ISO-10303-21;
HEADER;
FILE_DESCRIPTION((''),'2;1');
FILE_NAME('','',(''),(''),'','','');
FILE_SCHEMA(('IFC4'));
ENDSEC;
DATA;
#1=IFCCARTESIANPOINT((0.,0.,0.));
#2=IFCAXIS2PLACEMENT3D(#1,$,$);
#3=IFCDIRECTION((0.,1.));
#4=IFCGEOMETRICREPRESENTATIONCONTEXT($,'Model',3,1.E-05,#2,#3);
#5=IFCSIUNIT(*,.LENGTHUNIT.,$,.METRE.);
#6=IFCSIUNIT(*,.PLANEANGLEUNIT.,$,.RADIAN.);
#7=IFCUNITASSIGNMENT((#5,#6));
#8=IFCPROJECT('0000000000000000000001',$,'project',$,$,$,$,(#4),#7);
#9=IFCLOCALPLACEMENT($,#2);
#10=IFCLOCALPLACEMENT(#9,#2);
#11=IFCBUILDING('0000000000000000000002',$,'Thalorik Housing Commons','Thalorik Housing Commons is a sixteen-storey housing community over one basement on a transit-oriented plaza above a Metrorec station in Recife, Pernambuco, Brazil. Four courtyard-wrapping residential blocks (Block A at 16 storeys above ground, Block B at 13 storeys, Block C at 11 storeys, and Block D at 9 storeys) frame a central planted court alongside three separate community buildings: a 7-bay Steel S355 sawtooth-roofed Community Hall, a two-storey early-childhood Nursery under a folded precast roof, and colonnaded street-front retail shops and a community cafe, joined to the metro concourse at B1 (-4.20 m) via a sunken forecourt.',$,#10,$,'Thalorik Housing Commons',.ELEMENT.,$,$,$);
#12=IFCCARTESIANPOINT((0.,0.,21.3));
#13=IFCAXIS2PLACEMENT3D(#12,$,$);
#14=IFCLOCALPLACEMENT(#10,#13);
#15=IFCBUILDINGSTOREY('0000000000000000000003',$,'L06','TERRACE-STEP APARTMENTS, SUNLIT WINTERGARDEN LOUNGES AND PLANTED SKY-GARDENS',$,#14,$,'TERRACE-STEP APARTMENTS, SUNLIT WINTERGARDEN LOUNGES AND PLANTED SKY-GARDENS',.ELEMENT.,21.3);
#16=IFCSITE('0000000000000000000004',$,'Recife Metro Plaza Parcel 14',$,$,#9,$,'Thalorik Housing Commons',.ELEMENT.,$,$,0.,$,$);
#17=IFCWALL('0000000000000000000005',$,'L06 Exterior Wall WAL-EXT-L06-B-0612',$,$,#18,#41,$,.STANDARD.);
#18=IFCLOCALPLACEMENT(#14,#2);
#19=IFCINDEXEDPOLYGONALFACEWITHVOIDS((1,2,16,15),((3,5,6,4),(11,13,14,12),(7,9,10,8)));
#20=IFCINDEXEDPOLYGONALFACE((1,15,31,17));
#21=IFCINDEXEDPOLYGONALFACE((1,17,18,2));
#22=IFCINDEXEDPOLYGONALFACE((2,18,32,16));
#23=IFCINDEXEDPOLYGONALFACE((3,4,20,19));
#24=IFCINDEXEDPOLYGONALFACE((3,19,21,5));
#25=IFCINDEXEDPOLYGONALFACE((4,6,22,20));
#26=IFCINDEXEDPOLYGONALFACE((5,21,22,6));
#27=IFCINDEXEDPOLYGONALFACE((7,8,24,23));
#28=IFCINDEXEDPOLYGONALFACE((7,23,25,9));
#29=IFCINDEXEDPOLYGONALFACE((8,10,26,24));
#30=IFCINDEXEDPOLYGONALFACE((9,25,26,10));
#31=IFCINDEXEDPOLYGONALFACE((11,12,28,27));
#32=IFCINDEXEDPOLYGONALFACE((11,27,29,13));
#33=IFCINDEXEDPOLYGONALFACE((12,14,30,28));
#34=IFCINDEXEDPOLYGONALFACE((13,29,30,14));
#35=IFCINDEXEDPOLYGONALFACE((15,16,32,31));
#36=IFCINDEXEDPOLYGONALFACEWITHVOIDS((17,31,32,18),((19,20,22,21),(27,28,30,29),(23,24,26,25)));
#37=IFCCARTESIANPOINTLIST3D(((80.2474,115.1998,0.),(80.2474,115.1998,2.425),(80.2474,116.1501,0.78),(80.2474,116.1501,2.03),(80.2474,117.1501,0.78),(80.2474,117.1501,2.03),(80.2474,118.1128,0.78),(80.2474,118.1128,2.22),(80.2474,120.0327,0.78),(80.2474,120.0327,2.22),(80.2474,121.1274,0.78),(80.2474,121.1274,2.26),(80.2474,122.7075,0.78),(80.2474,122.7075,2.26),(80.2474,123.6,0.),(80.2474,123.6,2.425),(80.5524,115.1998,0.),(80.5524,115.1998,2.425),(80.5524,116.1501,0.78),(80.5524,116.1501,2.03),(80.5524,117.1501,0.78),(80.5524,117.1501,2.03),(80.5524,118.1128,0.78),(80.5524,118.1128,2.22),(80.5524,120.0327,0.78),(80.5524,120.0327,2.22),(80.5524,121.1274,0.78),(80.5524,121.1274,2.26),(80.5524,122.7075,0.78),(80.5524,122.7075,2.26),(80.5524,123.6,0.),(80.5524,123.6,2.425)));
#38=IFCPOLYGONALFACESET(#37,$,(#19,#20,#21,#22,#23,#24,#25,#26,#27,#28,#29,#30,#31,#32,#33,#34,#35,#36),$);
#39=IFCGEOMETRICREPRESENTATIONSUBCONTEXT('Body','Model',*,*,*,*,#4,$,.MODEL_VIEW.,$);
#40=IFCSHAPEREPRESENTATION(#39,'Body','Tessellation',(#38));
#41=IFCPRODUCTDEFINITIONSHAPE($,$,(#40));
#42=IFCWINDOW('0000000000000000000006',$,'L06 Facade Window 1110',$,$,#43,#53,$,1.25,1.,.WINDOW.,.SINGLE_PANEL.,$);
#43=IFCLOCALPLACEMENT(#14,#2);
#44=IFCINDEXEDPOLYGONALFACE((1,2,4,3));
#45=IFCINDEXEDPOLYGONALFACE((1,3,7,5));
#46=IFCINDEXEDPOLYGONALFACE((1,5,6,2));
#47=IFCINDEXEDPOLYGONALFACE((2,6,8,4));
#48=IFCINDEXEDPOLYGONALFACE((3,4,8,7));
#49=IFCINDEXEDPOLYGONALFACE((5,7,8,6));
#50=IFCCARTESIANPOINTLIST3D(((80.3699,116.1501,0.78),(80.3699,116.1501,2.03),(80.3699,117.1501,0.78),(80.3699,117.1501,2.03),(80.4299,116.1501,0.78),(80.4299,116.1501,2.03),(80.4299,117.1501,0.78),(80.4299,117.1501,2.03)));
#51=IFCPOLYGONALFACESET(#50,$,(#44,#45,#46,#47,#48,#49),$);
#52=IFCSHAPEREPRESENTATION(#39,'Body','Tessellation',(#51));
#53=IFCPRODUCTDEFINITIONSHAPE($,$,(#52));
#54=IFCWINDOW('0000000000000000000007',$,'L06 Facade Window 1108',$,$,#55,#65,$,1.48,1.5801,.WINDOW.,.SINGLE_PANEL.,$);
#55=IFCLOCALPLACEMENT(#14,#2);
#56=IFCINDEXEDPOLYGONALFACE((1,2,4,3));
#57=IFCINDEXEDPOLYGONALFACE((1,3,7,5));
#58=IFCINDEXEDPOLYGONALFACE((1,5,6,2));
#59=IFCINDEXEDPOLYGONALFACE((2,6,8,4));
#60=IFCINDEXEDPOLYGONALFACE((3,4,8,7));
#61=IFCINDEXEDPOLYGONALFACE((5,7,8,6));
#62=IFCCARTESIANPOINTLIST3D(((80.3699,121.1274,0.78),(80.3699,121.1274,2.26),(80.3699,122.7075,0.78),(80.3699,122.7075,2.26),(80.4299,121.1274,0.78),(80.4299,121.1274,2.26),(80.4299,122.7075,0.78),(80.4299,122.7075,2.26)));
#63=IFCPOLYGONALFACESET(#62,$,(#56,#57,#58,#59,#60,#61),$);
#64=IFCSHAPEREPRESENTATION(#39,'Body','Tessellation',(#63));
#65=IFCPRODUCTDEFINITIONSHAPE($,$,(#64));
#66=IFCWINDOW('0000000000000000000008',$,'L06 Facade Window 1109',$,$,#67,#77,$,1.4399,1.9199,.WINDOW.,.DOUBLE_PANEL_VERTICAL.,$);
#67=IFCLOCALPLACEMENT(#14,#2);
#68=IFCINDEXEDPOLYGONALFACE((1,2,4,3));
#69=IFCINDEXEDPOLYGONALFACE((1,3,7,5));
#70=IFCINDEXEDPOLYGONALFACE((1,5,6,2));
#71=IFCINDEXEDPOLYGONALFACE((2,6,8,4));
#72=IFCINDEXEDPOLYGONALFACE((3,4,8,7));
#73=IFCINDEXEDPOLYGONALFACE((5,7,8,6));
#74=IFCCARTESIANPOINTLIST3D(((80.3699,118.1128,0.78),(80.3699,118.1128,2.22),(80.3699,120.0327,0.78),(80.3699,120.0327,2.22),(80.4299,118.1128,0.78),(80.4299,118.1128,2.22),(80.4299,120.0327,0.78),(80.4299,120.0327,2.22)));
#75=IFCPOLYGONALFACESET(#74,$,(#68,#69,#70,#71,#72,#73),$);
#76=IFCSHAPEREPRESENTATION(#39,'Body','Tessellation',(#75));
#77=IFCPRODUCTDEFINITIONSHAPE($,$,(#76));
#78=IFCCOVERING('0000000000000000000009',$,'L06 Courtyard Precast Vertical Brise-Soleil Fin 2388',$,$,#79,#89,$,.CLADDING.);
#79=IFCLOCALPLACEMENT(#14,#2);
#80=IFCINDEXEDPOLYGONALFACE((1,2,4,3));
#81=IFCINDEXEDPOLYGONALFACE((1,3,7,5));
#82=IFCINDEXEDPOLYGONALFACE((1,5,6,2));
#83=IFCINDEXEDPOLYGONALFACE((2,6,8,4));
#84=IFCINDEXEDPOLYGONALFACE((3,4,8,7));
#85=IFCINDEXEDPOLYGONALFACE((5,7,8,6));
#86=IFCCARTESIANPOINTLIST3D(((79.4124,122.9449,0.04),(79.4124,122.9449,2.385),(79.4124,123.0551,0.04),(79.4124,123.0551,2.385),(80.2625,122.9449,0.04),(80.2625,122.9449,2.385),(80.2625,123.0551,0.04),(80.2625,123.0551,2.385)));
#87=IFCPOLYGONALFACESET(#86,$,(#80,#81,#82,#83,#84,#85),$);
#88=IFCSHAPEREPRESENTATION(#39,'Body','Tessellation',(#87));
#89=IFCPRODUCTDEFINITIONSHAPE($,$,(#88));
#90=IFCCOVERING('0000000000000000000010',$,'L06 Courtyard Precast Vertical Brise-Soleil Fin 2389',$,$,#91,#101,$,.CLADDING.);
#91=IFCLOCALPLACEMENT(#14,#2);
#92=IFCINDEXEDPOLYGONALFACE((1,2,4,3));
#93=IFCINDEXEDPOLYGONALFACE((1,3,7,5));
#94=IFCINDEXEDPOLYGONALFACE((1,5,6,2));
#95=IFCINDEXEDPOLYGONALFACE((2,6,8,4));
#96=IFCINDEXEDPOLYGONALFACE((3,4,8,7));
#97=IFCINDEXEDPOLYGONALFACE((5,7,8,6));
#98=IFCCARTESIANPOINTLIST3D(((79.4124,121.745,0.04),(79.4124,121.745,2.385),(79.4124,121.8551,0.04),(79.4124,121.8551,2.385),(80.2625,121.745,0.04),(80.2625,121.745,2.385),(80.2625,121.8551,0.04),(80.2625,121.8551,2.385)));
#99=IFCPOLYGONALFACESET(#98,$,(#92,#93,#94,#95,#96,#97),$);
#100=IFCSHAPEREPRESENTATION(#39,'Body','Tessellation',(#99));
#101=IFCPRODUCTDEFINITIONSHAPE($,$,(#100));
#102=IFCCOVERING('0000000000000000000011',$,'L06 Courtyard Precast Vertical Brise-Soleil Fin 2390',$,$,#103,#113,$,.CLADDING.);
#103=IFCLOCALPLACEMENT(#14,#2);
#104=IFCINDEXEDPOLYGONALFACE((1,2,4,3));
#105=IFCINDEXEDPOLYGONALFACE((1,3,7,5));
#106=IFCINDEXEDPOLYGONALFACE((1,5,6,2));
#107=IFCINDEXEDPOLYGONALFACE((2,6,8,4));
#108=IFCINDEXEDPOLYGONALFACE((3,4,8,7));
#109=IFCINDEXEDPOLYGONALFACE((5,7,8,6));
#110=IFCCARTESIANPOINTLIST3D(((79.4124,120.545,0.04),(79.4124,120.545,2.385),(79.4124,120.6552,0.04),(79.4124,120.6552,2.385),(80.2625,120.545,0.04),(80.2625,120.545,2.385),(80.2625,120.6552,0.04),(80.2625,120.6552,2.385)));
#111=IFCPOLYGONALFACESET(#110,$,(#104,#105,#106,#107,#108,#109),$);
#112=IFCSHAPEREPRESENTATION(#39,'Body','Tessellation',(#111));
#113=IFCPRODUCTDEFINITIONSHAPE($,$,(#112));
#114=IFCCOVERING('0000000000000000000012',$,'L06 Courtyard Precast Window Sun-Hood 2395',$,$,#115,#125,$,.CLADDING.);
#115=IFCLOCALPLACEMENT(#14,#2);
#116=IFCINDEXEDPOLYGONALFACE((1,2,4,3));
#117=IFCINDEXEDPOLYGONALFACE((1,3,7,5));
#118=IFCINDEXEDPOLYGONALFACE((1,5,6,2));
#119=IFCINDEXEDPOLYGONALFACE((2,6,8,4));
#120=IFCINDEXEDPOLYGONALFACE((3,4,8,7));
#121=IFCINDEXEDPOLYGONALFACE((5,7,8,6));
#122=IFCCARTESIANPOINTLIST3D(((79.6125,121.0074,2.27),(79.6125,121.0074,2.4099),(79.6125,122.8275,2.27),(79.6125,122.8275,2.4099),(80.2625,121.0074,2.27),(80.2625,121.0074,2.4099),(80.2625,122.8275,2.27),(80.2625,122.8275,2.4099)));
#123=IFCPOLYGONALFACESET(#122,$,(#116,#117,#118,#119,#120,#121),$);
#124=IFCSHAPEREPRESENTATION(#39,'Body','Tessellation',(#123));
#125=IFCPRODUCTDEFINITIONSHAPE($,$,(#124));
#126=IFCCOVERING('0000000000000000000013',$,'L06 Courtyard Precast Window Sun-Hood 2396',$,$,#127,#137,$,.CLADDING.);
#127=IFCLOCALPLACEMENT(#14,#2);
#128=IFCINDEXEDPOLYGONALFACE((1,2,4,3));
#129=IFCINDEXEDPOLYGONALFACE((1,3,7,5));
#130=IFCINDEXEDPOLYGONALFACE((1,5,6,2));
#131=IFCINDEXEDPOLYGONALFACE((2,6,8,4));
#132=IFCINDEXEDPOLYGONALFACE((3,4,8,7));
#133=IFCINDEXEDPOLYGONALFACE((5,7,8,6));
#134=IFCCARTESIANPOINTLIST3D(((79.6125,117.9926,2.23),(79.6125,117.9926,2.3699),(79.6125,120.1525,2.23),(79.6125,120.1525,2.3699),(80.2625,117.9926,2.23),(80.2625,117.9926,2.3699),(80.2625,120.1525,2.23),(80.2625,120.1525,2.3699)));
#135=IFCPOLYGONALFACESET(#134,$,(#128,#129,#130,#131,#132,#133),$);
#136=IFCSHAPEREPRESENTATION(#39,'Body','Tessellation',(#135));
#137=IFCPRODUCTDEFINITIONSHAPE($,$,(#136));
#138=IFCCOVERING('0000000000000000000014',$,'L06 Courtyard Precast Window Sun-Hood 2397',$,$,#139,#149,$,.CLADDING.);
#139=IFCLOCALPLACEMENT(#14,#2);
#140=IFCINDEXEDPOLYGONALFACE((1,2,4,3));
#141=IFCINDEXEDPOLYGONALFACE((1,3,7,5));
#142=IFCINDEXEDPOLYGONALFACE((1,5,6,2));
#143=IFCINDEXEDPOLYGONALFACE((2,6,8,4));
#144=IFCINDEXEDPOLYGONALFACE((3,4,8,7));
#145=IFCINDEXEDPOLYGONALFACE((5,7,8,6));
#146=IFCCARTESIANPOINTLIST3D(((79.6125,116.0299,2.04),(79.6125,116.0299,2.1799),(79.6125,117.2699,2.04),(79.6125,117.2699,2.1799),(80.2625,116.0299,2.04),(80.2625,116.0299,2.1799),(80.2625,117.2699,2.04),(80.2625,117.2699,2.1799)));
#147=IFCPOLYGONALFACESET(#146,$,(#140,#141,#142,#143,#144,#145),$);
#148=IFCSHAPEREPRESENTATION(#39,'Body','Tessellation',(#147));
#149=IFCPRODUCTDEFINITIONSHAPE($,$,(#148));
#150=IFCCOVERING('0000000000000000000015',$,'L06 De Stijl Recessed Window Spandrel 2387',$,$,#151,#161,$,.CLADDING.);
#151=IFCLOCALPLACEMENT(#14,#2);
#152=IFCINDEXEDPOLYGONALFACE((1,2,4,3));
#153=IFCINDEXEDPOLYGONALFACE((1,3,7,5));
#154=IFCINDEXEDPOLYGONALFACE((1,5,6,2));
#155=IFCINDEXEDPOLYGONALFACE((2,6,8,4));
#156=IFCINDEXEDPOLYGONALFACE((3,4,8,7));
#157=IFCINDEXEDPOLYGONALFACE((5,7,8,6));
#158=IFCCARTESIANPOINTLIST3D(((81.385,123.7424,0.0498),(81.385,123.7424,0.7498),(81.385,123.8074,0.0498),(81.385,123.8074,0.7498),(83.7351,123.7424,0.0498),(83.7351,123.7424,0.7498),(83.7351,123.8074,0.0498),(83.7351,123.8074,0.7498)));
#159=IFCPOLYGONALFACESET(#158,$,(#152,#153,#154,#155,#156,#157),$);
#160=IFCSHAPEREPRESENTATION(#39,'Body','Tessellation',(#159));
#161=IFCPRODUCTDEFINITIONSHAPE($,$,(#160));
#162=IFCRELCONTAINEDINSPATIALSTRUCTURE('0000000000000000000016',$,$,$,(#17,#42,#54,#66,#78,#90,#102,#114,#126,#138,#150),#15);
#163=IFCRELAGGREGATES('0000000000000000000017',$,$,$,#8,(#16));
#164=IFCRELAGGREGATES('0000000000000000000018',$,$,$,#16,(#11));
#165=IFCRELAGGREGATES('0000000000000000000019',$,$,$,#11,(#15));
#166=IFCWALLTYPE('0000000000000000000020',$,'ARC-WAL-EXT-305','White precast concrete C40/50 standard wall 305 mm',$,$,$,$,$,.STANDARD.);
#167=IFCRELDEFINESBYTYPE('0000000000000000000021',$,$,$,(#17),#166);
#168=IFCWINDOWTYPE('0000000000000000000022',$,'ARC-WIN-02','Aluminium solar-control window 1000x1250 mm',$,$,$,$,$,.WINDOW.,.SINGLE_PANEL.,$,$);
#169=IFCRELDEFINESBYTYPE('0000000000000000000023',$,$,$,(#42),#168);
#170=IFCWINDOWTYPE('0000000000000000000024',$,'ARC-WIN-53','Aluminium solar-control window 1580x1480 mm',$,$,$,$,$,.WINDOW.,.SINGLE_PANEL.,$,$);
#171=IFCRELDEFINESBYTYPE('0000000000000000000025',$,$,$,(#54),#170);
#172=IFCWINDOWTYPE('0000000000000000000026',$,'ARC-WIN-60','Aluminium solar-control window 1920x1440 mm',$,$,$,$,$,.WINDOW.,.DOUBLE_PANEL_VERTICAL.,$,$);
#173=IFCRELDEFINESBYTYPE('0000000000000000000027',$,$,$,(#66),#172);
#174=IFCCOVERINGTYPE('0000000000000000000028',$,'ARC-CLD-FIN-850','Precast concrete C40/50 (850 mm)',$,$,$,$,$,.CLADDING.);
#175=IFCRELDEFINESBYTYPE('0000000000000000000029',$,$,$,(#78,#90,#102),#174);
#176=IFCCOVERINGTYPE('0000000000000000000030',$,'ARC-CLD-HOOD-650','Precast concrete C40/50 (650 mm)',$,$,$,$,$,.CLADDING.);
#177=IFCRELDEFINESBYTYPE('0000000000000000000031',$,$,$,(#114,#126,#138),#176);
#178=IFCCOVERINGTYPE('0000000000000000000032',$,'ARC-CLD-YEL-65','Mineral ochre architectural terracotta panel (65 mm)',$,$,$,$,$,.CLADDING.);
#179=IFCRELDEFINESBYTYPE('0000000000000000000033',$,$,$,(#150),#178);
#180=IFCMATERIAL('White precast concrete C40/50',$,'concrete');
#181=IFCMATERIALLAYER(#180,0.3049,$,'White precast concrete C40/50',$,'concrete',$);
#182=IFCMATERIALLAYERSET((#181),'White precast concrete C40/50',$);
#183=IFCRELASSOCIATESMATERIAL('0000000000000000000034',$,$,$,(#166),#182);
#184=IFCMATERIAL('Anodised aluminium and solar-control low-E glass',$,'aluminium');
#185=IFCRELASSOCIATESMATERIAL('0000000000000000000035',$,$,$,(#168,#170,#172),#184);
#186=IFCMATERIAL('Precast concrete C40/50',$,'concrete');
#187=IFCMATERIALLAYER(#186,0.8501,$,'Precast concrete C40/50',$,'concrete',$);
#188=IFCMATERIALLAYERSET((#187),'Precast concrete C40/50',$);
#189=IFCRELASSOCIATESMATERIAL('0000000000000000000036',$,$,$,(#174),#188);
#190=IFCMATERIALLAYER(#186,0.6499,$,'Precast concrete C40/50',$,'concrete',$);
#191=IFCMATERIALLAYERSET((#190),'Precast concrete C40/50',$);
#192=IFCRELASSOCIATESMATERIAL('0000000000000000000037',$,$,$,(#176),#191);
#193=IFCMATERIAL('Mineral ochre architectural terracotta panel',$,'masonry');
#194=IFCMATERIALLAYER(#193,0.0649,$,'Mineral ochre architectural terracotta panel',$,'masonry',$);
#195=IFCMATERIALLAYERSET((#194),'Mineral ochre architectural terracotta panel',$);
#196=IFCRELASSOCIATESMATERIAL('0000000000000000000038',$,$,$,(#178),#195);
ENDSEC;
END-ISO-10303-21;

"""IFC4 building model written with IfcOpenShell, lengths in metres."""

from ifc_helpers import new_model, si_unit, direction, frame, frame_2d, origin, origin_2d, place, context, subcontext, project, spatial, rectangle, extrude, material, layer, layer_set, type_object, element, fill, save


model = new_model("IFC4")

# Units and contexts
model_context = context("Model", 3, precision=1e-05, world=origin(), true_north=direction((0.0, 1.0)))
body_context = subcontext(model_context, "Body", "Model", "MODEL_VIEW")
ifc_project = project(units=[si_unit("LENGTHUNIT", "METRE"), si_unit("PLANEANGLEUNIT", "RADIAN")], contexts=[model_context])

# Site, building, storey
site_placement = place(None, origin())
site = spatial("IfcSite", under=ifc_project, at=site_placement, Name="Recife Metro Plaza Parcel 14", LongName="Thalorik Housing Commons", CompositionType="ELEMENT", RefElevation=0.0)
building_placement = place(site_placement, origin())
building = spatial("IfcBuilding", under=site, at=building_placement, Name="Thalorik Housing Commons", Description="Thalorik Housing Commons is a sixteen-storey housing community over one basement on a transit-oriented plaza above a Metrorec station in Recife, Pernambuco, Brazil. Four courtyard-wrapping residential blocks (Block A at 16 storeys above ground, Block B at 13 storeys, Block C at 11 storeys, and Block D at 9 storeys) frame a central planted court alongside three separate community buildings: a 7-bay Steel S355 sawtooth-roofed Community Hall, a two-storey early-childhood Nursery under a folded precast roof, and colonnaded street-front retail shops and a community cafe, joined to the metro concourse at B1 (-4.20 m) via a sunken forecourt.", LongName="Thalorik Housing Commons", CompositionType="ELEMENT")
storey_placement = place(building_placement, frame((0.0, 0.0, 21.3)))
storey = spatial("IfcBuildingStorey", under=building, at=storey_placement, Name="L06", Description="TERRACE-STEP APARTMENTS, SUNLIT WINTERGARDEN LOUNGES AND PLANTED SKY-GARDENS", LongName="TERRACE-STEP APARTMENTS, SUNLIT WINTERGARDEN LOUNGES AND PLANTED SKY-GARDENS", CompositionType="ELEMENT", Elevation=21.3)

# Shared definitions
ifc_material_1 = material(Name="Precast concrete C40/50", Category="concrete")

# Wall, openings, windows
ifc_material_2 = material(Name="White precast concrete C40/50", Category="concrete")
ifc_layer_1 = layer(ifc_material_2, 0.3049, Name="White precast concrete C40/50", Category="concrete")
ifc_layer_set_1 = layer_set([ifc_layer_1], Name="White precast concrete C40/50")
wall_type_1 = type_object("IfcWallType", Name="ARC-WAL-EXT-305", Description="White precast concrete C40/50 standard wall 305 mm", PredefinedType="STANDARD", material=ifc_layer_set_1)
wall_1_placement = place(storey_placement, frame((80.3999, 123.6001, 0.0), z_axis=(0.0, 0.0, 1.0), x_axis=(0.0, -1.0, 0.0)))
wall_1 = element("IfcWall", 1, at=wall_1_placement, inside=storey, type_object=wall_type_1, Name="L06 Exterior Wall WAL-EXT-L06-B-0612", PredefinedType="STANDARD", context=body_context, shape_type="SweptSolid", body=[
    extrude(rectangle(XDim=8.4001, YDim=0.3049, at=frame_2d((4.2002, 0.0))), origin(), (0.0, 0.0, 1.0), 2.425),
])
opening_1_placement = place(wall_1_placement, frame((0.8926, 0.0, 0.78)))
opening_1 = element("IfcOpeningElement", 2, at=opening_1_placement, cuts=wall_1, PredefinedType="OPENING", context=body_context, shape_type="SweptSolid", body=[
    extrude(rectangle(XDim=1.5801, YDim=1.48, at=frame_2d((0.79, 0.74))), frame((0.0, 0.1626, 0.0), z_axis=(0.0, -1.0, 0.0), x_axis=(1.0, 0.0, 0.0)), (0.0, 0.0, 1.0), 0.325),
])
opening_2_placement = place(wall_1_placement, frame((3.5674, 0.0, 0.78)))
opening_2 = element("IfcOpeningElement", 3, at=opening_2_placement, cuts=wall_1, PredefinedType="OPENING", context=body_context, shape_type="SweptSolid", body=[
    extrude(rectangle(XDim=1.9199, YDim=1.4399, at=frame_2d((0.96, 0.72))), frame((0.0, 0.1626, 0.0), z_axis=(0.0, -1.0, 0.0), x_axis=(1.0, 0.0, 0.0)), (0.0, 0.0, 1.0), 0.325),
])
opening_3_placement = place(wall_1_placement, frame((6.45, 0.0, 0.78)))
opening_3 = element("IfcOpeningElement", 4, at=opening_3_placement, cuts=wall_1, PredefinedType="OPENING", context=body_context, shape_type="SweptSolid", body=[
    extrude(rectangle(XDim=1.0, YDim=1.25, at=frame_2d((0.5, 0.625))), frame((0.0, 0.1626, 0.0), z_axis=(0.0, -1.0, 0.0), x_axis=(1.0, 0.0, 0.0)), (0.0, 0.0, 1.0), 0.325),
])
ifc_material_3 = material(Name="Anodised aluminium and solar-control low-E glass", Category="aluminium")
window_type_1 = type_object("IfcWindowType", Name="ARC-WIN-02", Description="Aluminium solar-control window 1000x1250 mm", PartitioningType="SINGLE_PANEL", PredefinedType="WINDOW", material=ifc_material_3)
window_1_placement = place(opening_3_placement, origin())
window_1 = element("IfcWindow", 5, at=window_1_placement, inside=storey, type_object=window_type_1, Name="L06 Facade Window 1110", OverallHeight=1.25, OverallWidth=1.0, PartitioningType="SINGLE_PANEL", PredefinedType="WINDOW", context=body_context, shape_type="SweptSolid", body=[
    extrude(rectangle(XDim=1.0, YDim=1.25, at=frame_2d((0.5, 0.625))), frame((0.0, 0.03, 0.0), z_axis=(0.0, -1.0, 0.0), x_axis=(1.0, 0.0, 0.0)), (0.0, 0.0, 1.0), 0.0601),
])
fill(opening_3, window_1)
window_type_2 = type_object("IfcWindowType", Name="ARC-WIN-53", Description="Aluminium solar-control window 1580x1480 mm", PartitioningType="SINGLE_PANEL", PredefinedType="WINDOW", material=ifc_material_3)
window_2_placement = place(opening_1_placement, origin())
window_2 = element("IfcWindow", 6, at=window_2_placement, inside=storey, type_object=window_type_2, Name="L06 Facade Window 1108", OverallHeight=1.48, OverallWidth=1.5801, PartitioningType="SINGLE_PANEL", PredefinedType="WINDOW", context=body_context, shape_type="SweptSolid", body=[
    extrude(rectangle(XDim=1.5801, YDim=1.48, at=frame_2d((0.79, 0.74))), frame((0.0, 0.03, 0.0), z_axis=(0.0, -1.0, 0.0), x_axis=(1.0, 0.0, 0.0)), (0.0, 0.0, 1.0), 0.0601),
])
fill(opening_1, window_2)
window_type_3 = type_object("IfcWindowType", Name="ARC-WIN-60", Description="Aluminium solar-control window 1920x1440 mm", PartitioningType="DOUBLE_PANEL_VERTICAL", PredefinedType="WINDOW", material=ifc_material_3)
window_3_placement = place(opening_2_placement, origin())
window_3 = element("IfcWindow", 7, at=window_3_placement, inside=storey, type_object=window_type_3, Name="L06 Facade Window 1109", OverallHeight=1.4399, OverallWidth=1.9199, PartitioningType="DOUBLE_PANEL_VERTICAL", PredefinedType="WINDOW", context=body_context, shape_type="SweptSolid", body=[
    extrude(rectangle(XDim=1.9199, YDim=1.4399, at=frame_2d((0.96, 0.72))), frame((0.0, 0.03, 0.0), z_axis=(0.0, -1.0, 0.0), x_axis=(1.0, 0.0, 0.0)), (0.0, 0.0, 1.0), 0.0601),
])
fill(opening_2, window_3)

# Coverings
ifc_layer_2 = layer(ifc_material_1, 0.8501, Name="Precast concrete C40/50", Category="concrete")
ifc_layer_set_2 = layer_set([ifc_layer_2], Name="Precast concrete C40/50")
covering_type_1 = type_object("IfcCoveringType", Name="ARC-CLD-FIN-850", Description="Precast concrete C40/50 (850 mm)", PredefinedType="CLADDING", material=ifc_layer_set_2)
for number, where, z_axis, x_axis, name in (
    (8, (79.8374, 123.0, 0.04), (0.0, 0.0, 1.0), (0.0, -1.0, 0.0), "L06 Courtyard Precast Vertical Brise-Soleil Fin 2388"),
    (9, (79.8374, 121.8, 0.04), (0.0, 0.0, 1.0), (0.0, -1.0, 0.0), "L06 Courtyard Precast Vertical Brise-Soleil Fin 2389"),
    (10, (79.8374, 120.6001, 0.04), (0.0, 0.0, 1.0), (0.0, -1.0, 0.0), "L06 Courtyard Precast Vertical Brise-Soleil Fin 2390"),
):
    element("IfcCovering", number, at=place(storey_placement, frame(where, z_axis=z_axis, x_axis=x_axis)), inside=storey, type_object=covering_type_1, Name=name, PredefinedType="CLADDING", context=body_context, shape_type="SweptSolid", body=[
        extrude(rectangle(XDim=0.1101, YDim=0.8501, at=origin_2d()), origin(), (0.0, 0.0, 1.0), 2.345),
    ])
ifc_layer_3 = layer(ifc_material_1, 0.6499, Name="Precast concrete C40/50", Category="concrete")
ifc_layer_set_3 = layer_set([ifc_layer_3], Name="Precast concrete C40/50")
covering_type_2 = type_object("IfcCoveringType", Name="ARC-CLD-HOOD-650", Description="Precast concrete C40/50 (650 mm)", PredefinedType="CLADDING", material=ifc_layer_set_3)
covering_1_placement = place(storey_placement, frame((79.9375, 121.9175, 2.27), z_axis=(0.0, 0.0, 1.0), x_axis=(0.0, -1.0, 0.0)))
element("IfcCovering", 11, at=covering_1_placement, inside=storey, type_object=covering_type_2, Name="L06 Courtyard Precast Window Sun-Hood 2395", PredefinedType="CLADDING", context=body_context, shape_type="SweptSolid", body=[
    extrude(rectangle(XDim=1.8201, YDim=0.6499, at=origin_2d()), origin(), (0.0, 0.0, 1.0), 0.1399),
])
covering_2_placement = place(storey_placement, frame((79.9375, 119.0725, 2.23), z_axis=(0.0, 0.0, 1.0), x_axis=(0.0, -1.0, 0.0)))
element("IfcCovering", 12, at=covering_2_placement, inside=storey, type_object=covering_type_2, Name="L06 Courtyard Precast Window Sun-Hood 2396", PredefinedType="CLADDING", context=body_context, shape_type="SweptSolid", body=[
    extrude(rectangle(XDim=2.1599, YDim=0.6499, at=origin_2d()), origin(), (0.0, 0.0, 1.0), 0.1399),
])
covering_3_placement = place(storey_placement, frame((79.9375, 116.6499, 2.04), z_axis=(0.0, 0.0, 1.0), x_axis=(0.0, -1.0, 0.0)))
element("IfcCovering", 13, at=covering_3_placement, inside=storey, type_object=covering_type_2, Name="L06 Courtyard Precast Window Sun-Hood 2397", PredefinedType="CLADDING", context=body_context, shape_type="SweptSolid", body=[
    extrude(rectangle(XDim=1.24, YDim=0.6499, at=origin_2d()), origin(), (0.0, 0.0, 1.0), 0.1399),
])
ifc_material_4 = material(Name="Mineral ochre architectural terracotta panel", Category="masonry")
ifc_layer_4 = layer(ifc_material_4, 0.0649, Name="Mineral ochre architectural terracotta panel", Category="masonry")
ifc_layer_set_4 = layer_set([ifc_layer_4], Name="Mineral ochre architectural terracotta panel")
covering_type_3 = type_object("IfcCoveringType", Name="ARC-CLD-YEL-65", Description="Mineral ochre architectural terracotta panel (65 mm)", PredefinedType="CLADDING", material=ifc_layer_set_4)
covering_4_placement = place(storey_placement, frame((82.5601, 123.7749, 0.0498), z_axis=(0.0, 0.0, 1.0), x_axis=(-1.0, 0.0, 0.0)))
element("IfcCovering", 14, at=covering_4_placement, inside=storey, type_object=covering_type_3, Name="L06 De Stijl Recessed Window Spandrel 2387", PredefinedType="CLADDING", context=body_context, shape_type="SweptSolid", body=[
    extrude(rectangle(XDim=2.3501, YDim=0.0649, at=origin_2d()), origin(), (0.0, 0.0, 1.0), 0.7),
])

save(model, "model.ifc")
